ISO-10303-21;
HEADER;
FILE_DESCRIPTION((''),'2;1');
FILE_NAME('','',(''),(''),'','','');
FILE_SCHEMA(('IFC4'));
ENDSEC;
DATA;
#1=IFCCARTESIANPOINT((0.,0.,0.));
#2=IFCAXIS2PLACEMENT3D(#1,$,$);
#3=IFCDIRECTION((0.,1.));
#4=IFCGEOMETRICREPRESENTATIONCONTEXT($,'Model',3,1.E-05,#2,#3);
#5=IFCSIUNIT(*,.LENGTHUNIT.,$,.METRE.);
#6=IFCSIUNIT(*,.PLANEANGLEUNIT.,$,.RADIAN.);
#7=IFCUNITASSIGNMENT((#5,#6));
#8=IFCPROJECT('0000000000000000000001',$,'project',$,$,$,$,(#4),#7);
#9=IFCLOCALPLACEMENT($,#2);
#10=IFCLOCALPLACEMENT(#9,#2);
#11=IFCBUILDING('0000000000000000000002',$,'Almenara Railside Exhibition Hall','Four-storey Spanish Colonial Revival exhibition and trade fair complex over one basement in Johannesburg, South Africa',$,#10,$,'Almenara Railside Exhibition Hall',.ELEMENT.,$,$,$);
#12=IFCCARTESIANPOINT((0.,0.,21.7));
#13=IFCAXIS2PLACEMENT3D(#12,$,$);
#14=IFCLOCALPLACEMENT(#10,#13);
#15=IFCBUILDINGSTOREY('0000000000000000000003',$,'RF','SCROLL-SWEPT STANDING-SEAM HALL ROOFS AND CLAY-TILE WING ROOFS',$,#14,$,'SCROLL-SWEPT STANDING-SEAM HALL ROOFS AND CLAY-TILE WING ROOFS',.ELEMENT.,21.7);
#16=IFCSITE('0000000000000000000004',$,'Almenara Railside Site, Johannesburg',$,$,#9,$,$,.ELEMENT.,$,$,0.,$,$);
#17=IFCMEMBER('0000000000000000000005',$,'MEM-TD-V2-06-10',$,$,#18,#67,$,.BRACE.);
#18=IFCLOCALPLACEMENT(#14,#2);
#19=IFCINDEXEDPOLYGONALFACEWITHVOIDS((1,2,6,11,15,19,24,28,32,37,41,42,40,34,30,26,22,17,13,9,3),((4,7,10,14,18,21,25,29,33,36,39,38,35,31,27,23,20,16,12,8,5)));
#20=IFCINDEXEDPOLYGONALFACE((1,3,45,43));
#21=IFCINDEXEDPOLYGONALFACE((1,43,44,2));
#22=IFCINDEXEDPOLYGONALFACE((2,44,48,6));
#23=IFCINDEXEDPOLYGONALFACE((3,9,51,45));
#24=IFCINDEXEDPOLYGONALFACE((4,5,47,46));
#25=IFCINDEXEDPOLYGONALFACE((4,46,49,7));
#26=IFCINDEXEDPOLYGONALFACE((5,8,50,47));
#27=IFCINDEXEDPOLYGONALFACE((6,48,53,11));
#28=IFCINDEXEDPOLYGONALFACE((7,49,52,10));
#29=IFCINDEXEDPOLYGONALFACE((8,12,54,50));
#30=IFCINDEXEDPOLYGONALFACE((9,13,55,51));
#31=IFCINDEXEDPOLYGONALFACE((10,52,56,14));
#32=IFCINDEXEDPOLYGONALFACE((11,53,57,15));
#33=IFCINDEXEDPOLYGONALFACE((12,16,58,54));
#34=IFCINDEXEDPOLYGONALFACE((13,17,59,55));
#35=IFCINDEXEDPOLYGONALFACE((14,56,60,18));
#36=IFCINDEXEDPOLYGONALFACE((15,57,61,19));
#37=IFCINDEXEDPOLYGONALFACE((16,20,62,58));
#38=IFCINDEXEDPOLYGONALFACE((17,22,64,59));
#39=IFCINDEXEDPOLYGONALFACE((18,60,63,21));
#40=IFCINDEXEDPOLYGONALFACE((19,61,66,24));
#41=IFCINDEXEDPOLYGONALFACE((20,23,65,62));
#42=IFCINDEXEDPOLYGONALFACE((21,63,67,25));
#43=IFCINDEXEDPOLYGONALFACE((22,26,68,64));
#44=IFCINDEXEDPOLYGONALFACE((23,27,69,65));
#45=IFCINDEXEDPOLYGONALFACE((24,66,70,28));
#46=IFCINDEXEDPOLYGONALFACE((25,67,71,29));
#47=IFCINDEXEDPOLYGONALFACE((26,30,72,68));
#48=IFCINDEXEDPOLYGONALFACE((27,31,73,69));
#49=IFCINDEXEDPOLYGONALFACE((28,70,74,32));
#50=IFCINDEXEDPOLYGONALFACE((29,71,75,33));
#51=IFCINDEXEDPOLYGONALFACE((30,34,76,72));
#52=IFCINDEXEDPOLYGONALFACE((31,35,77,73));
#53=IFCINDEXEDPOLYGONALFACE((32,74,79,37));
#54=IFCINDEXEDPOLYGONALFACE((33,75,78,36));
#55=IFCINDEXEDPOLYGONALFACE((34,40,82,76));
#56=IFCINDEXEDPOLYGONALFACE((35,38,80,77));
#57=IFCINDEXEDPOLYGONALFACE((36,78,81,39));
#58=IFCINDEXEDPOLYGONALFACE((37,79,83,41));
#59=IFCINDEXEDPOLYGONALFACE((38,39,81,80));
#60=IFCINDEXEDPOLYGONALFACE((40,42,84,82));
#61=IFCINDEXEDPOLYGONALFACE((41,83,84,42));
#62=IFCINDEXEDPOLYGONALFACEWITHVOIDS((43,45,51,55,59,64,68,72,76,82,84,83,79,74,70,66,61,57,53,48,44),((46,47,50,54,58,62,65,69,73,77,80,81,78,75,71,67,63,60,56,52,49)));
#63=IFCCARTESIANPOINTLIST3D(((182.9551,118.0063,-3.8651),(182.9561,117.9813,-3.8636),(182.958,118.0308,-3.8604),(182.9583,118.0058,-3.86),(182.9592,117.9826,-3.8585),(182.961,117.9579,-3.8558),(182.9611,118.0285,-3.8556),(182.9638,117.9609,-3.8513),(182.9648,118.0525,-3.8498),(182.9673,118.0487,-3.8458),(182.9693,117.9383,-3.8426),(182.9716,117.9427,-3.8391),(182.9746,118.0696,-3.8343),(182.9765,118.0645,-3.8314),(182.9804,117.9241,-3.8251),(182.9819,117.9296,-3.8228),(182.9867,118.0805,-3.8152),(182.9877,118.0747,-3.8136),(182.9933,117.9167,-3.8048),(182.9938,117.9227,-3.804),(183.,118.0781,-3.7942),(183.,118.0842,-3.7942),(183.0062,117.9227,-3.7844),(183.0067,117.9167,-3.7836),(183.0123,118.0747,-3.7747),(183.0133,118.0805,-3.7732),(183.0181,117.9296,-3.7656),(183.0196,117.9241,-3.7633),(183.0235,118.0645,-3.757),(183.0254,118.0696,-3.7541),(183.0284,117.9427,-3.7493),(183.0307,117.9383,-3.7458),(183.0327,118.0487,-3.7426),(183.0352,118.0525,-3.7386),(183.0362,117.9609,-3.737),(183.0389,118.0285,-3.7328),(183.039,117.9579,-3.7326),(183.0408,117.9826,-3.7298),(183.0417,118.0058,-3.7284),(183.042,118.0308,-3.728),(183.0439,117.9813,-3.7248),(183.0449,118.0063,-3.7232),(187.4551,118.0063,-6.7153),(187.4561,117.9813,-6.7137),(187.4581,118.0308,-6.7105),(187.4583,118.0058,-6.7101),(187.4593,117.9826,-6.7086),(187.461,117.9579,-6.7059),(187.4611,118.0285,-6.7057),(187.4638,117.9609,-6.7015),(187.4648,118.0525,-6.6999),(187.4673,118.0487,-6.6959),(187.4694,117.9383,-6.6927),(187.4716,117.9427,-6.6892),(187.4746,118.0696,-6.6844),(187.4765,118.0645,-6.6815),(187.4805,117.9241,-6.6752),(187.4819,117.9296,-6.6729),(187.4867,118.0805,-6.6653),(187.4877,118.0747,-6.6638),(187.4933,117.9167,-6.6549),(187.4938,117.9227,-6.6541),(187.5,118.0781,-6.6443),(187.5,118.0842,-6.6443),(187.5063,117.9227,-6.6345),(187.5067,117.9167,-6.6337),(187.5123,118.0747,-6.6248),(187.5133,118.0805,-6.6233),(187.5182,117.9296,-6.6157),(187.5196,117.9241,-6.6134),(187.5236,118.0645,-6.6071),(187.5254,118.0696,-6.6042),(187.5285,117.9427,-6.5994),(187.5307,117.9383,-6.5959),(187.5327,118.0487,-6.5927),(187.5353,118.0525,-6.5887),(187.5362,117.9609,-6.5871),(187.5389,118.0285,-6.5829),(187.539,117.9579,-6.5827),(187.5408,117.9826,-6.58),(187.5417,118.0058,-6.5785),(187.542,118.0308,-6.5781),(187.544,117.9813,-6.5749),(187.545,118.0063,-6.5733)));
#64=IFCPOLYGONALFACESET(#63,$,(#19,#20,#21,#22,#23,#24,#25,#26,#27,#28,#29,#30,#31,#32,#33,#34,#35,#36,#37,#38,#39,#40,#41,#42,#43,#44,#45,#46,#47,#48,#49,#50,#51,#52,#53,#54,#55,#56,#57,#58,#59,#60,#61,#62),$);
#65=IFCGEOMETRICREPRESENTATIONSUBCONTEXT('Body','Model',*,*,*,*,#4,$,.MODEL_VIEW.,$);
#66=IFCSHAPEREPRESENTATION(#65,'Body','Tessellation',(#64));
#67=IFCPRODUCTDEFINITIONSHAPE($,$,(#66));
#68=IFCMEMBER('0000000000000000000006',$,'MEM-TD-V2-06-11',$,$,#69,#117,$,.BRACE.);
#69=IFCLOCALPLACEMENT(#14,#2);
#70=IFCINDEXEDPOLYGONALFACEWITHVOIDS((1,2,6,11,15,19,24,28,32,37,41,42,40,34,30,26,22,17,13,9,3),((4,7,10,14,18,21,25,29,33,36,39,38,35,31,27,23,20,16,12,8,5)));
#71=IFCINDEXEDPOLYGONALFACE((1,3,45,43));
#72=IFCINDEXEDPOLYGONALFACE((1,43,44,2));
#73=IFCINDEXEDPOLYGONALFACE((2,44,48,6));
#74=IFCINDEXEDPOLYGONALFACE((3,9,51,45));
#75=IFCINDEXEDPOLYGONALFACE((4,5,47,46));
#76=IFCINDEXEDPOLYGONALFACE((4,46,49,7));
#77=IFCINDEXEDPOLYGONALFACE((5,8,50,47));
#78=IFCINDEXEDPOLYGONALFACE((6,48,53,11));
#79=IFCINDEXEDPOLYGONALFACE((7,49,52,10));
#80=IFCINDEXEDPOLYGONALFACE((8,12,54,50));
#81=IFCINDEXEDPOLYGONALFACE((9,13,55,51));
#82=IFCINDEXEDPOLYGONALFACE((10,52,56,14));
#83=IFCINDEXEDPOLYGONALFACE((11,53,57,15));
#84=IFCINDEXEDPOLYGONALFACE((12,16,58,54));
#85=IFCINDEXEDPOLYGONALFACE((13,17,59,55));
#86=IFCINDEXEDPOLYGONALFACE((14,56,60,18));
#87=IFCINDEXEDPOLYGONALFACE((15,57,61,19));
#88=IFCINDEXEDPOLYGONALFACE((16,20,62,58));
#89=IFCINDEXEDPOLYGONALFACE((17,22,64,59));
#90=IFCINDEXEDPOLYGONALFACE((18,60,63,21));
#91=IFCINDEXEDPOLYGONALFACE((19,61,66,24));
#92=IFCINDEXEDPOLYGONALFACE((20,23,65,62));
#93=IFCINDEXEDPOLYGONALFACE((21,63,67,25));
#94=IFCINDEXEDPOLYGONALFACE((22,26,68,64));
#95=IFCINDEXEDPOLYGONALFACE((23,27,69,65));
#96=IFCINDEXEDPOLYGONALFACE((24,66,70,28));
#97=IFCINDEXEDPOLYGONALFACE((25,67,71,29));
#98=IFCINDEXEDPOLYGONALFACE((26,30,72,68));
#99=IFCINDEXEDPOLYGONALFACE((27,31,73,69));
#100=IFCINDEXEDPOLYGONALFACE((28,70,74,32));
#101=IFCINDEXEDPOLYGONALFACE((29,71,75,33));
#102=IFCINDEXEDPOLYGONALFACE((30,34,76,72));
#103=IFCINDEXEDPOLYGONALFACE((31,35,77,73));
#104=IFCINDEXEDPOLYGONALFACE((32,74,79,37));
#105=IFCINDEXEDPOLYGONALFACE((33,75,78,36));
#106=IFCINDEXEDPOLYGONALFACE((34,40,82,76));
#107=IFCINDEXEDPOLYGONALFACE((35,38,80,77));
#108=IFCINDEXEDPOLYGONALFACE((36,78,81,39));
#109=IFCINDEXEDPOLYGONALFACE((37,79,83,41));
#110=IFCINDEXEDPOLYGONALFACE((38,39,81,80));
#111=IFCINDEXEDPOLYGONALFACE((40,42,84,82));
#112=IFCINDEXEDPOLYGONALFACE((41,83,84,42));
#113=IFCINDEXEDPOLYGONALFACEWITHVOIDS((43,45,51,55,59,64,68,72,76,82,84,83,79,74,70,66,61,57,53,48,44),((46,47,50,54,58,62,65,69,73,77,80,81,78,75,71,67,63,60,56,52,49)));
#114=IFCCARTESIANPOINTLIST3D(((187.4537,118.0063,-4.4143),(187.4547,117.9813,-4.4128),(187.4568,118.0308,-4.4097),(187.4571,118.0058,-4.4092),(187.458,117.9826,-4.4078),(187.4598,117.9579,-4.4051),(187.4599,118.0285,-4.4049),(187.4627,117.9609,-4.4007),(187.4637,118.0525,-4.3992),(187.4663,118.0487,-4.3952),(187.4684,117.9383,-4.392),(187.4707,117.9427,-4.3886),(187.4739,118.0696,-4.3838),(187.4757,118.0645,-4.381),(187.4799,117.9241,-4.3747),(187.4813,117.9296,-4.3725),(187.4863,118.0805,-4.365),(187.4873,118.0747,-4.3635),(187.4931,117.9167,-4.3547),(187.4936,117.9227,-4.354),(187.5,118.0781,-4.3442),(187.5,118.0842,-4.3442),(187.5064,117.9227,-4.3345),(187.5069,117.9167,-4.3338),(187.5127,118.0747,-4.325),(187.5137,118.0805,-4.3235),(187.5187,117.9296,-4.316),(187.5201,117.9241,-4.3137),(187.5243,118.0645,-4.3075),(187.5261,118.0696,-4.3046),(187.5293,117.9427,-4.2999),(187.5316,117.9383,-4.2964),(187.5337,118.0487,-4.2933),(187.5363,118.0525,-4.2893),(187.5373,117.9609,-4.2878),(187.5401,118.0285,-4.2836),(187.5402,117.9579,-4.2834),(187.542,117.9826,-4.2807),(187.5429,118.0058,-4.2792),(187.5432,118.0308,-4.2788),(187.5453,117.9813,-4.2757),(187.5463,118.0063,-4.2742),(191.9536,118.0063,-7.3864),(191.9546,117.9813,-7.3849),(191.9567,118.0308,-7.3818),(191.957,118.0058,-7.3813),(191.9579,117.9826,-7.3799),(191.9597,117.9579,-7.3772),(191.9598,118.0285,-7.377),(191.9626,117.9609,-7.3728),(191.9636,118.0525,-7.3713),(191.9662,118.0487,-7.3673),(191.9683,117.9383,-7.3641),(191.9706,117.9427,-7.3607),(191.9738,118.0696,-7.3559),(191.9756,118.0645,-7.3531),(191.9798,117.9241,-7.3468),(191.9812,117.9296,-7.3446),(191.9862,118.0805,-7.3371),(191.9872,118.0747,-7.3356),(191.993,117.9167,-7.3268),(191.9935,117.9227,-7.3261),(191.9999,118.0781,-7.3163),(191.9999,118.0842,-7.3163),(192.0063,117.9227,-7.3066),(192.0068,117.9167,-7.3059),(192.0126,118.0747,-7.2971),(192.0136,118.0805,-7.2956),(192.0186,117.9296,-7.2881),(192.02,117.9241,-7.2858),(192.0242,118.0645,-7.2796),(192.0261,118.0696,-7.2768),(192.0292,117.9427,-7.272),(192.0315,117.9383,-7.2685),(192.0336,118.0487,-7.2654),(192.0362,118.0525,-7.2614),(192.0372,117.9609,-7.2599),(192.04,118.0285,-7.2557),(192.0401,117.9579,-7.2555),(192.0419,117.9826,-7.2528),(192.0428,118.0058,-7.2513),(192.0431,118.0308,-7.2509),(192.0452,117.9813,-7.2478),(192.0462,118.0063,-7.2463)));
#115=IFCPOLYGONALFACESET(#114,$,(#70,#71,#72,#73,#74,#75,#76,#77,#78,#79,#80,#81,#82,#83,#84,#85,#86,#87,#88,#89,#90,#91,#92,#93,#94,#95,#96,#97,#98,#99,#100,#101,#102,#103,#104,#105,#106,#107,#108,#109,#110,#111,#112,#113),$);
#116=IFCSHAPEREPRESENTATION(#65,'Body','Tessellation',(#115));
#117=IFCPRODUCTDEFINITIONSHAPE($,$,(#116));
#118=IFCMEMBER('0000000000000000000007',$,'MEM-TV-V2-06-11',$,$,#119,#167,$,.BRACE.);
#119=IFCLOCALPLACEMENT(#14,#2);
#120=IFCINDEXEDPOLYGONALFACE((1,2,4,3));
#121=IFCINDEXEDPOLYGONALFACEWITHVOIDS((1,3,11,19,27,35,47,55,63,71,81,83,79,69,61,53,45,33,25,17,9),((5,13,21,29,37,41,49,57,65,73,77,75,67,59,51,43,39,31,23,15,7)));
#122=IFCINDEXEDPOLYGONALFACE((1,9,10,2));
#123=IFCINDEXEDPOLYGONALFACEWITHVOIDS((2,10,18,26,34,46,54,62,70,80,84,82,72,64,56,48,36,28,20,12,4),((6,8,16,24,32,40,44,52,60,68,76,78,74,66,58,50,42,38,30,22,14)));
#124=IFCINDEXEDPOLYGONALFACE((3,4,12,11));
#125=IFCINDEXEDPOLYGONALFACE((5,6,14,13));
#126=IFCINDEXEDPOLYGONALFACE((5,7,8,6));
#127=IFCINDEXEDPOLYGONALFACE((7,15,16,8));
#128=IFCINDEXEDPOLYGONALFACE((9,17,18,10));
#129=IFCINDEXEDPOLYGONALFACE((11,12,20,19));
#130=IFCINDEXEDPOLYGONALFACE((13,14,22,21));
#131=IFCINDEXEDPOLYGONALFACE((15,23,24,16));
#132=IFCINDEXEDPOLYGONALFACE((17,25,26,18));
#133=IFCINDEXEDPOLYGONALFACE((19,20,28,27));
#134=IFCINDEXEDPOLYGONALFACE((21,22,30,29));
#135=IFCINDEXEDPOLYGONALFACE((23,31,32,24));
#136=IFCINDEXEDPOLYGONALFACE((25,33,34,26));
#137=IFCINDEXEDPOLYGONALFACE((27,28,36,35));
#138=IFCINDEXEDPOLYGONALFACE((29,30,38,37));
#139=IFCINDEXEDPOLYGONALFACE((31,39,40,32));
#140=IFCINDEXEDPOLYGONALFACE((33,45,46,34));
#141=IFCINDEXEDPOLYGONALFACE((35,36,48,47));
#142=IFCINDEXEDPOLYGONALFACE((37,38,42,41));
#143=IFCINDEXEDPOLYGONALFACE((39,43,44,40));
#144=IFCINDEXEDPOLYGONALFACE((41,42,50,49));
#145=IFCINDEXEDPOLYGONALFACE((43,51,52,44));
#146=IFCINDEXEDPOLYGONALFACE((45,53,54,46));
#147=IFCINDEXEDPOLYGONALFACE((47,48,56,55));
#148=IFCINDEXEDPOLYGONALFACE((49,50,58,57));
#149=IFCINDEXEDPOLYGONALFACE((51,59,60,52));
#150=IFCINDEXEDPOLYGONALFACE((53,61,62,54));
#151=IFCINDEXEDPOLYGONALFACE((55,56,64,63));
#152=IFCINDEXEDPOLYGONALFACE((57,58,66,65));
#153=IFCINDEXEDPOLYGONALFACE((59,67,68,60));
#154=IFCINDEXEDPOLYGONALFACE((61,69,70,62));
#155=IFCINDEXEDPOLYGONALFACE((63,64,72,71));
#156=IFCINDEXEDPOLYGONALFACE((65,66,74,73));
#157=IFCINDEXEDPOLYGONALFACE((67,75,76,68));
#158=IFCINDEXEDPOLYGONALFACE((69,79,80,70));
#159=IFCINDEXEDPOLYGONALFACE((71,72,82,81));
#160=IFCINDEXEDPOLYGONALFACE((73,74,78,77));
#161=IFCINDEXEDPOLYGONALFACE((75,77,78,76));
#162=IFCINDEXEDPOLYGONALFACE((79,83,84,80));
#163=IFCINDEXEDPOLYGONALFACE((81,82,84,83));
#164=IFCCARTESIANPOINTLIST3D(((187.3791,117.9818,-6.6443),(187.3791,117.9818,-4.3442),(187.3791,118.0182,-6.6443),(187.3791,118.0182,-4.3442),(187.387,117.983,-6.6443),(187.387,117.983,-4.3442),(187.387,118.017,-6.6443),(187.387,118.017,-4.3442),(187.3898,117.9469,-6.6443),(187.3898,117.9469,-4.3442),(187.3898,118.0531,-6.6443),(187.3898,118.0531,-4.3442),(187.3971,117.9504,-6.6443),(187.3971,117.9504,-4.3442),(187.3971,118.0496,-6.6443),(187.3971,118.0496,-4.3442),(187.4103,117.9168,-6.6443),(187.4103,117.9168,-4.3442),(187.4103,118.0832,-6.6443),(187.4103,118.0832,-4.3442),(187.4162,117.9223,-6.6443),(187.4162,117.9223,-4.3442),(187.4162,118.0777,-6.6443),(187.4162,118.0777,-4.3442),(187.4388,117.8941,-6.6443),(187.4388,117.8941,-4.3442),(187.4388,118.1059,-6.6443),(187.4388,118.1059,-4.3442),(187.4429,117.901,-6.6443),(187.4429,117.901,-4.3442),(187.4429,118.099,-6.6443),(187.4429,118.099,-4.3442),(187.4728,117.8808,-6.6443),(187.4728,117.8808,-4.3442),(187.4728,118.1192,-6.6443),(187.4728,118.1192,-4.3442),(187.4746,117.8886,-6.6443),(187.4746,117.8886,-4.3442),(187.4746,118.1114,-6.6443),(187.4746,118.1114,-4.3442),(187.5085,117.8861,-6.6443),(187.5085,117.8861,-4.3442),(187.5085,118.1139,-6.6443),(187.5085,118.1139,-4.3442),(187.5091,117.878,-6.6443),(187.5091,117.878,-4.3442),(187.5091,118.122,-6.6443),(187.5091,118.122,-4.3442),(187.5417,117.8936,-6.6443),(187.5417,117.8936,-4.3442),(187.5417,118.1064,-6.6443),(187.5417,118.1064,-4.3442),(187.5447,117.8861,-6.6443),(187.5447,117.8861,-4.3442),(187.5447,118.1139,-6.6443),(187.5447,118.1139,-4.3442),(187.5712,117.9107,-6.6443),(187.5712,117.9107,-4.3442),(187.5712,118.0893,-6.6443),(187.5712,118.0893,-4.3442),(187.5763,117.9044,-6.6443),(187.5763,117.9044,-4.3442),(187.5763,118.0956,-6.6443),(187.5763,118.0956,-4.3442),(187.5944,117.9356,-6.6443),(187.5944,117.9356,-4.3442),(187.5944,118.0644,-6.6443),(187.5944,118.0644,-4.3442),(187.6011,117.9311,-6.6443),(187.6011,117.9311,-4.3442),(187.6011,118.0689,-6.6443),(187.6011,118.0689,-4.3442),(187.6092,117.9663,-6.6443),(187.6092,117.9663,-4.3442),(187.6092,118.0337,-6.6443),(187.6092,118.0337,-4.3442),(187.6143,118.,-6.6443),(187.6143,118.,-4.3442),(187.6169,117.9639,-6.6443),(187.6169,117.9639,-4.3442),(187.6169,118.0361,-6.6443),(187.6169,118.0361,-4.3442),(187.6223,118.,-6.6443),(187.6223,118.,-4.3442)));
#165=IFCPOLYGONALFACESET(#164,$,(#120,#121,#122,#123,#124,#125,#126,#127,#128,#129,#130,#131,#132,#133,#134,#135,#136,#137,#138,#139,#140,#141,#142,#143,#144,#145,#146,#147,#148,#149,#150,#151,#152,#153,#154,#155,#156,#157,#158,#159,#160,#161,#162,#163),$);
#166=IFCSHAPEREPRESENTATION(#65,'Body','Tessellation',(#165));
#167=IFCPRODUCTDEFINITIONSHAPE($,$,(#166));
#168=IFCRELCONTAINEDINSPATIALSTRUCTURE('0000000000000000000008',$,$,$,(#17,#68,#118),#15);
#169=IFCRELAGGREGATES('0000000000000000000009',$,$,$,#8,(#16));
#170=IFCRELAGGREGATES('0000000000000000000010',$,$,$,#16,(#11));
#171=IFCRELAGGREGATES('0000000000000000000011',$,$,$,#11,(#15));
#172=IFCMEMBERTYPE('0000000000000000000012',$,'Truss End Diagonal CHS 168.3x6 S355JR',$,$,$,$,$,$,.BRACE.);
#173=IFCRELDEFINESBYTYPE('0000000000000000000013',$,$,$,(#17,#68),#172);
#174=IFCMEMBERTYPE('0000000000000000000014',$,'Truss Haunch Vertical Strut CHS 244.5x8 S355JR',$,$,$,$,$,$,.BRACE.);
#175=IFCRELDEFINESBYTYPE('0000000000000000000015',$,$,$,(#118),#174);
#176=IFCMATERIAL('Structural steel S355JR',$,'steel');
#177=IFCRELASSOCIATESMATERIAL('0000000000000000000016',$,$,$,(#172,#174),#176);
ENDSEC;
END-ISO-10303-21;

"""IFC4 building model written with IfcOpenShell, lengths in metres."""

from ifc_helpers import new_model, si_unit, direction, frame, origin, origin_2d, place, context, subcontext, project, spatial, hollow_circle, extrude, material, material_profile, profile_set, type_object, element, save


model = new_model("IFC4")

# Units and contexts
model_context = context("Model", 3, precision=1e-05, world=origin(), true_north=direction((0.0, 1.0)))
body_context = subcontext(model_context, "Body", "Model", "MODEL_VIEW")
ifc_project = project(units=[si_unit("LENGTHUNIT", "METRE"), si_unit("PLANEANGLEUNIT", "RADIAN")], contexts=[model_context])

# Site, building, storey
site_placement = place(None, origin())
site = spatial("IfcSite", under=ifc_project, at=site_placement, Name="Almenara Railside Site, Johannesburg", CompositionType="ELEMENT", RefElevation=0.0)
building_placement = place(site_placement, origin())
building = spatial("IfcBuilding", under=site, at=building_placement, Name="Almenara Railside Exhibition Hall", Description="Four-storey Spanish Colonial Revival exhibition and trade fair complex over one basement in Johannesburg, South Africa", LongName="Almenara Railside Exhibition Hall", CompositionType="ELEMENT")
storey_placement = place(building_placement, frame((0.0, 0.0, 21.7)))
storey = spatial("IfcBuildingStorey", under=building, at=storey_placement, Name="RF", Description="SCROLL-SWEPT STANDING-SEAM HALL ROOFS AND CLAY-TILE WING ROOFS", LongName="SCROLL-SWEPT STANDING-SEAM HALL ROOFS AND CLAY-TILE WING ROOFS", CompositionType="ELEMENT", Elevation=21.7)

# Shared definitions
ifc_material = material(Name="Structural steel S355JR", Category="steel")

# Members
ifc_material_profile_1 = material_profile(ifc_material, hollow_circle(Radius=0.0842, WallThickness=0.0061, at=origin_2d()), Name="CHS 168.3x6")
ifc_profile_set_1 = profile_set([ifc_material_profile_1], Name="Structural steel S355JR")
member_type_1 = type_object("IfcMemberType", Name="Truss End Diagonal CHS 168.3x6 S355JR", PredefinedType="BRACE", material=ifc_profile_set_1)
member_1_placement = place(storey_placement, frame((183.0, 118.0, -3.7942), z_axis=(0.844811, 0.0, -0.535065), x_axis=(0.0, 1.0, 0.0)))
element("IfcMember", 1, at=member_1_placement, inside=storey, type_object=member_type_1, Name="MEM-TD-V2-06-10", PredefinedType="BRACE", context=body_context, shape_type="SweptSolid", body=[
    extrude(hollow_circle(Radius=0.0842, WallThickness=0.0061, at=origin_2d()), origin(), (0.0, 0.0, 1.0), 5.3267),
])
member_2_placement = place(storey_placement, frame((187.5, 118.0, -4.3442), z_axis=(0.834425, 0.0, -0.551122), x_axis=(0.0, 1.0, 0.0)))
element("IfcMember", 2, at=member_2_placement, inside=storey, type_object=member_type_1, Name="MEM-TD-V2-06-11", PredefinedType="BRACE", context=body_context, shape_type="SweptSolid", body=[
    extrude(hollow_circle(Radius=0.0842, WallThickness=0.0061, at=origin_2d()), origin(), (0.0, 0.0, 1.0), 5.3928),
])
ifc_material_profile_2 = material_profile(ifc_material, hollow_circle(Radius=0.1223, WallThickness=0.0081, at=origin_2d()), Name="CHS 244.5x8")
ifc_profile_set_2 = profile_set([ifc_material_profile_2], Name="Structural steel S355JR")
member_type_2 = type_object("IfcMemberType", Name="Truss Haunch Vertical Strut CHS 244.5x8 S355JR", PredefinedType="BRACE", material=ifc_profile_set_2)
member_3_placement = place(storey_placement, frame((187.5, 118.0, -6.6443), z_axis=(0.0, 0.0, 1.0), x_axis=(1.0, 0.0, 0.0)))
element("IfcMember", 3, at=member_3_placement, inside=storey, type_object=member_type_2, Name="MEM-TV-V2-06-11", PredefinedType="BRACE", context=body_context, shape_type="SweptSolid", body=[
    extrude(hollow_circle(Radius=0.1223, WallThickness=0.0081, at=origin_2d()), origin(), (0.0, 0.0, 1.0), 2.3),
])

save(model, "model.ifc")
